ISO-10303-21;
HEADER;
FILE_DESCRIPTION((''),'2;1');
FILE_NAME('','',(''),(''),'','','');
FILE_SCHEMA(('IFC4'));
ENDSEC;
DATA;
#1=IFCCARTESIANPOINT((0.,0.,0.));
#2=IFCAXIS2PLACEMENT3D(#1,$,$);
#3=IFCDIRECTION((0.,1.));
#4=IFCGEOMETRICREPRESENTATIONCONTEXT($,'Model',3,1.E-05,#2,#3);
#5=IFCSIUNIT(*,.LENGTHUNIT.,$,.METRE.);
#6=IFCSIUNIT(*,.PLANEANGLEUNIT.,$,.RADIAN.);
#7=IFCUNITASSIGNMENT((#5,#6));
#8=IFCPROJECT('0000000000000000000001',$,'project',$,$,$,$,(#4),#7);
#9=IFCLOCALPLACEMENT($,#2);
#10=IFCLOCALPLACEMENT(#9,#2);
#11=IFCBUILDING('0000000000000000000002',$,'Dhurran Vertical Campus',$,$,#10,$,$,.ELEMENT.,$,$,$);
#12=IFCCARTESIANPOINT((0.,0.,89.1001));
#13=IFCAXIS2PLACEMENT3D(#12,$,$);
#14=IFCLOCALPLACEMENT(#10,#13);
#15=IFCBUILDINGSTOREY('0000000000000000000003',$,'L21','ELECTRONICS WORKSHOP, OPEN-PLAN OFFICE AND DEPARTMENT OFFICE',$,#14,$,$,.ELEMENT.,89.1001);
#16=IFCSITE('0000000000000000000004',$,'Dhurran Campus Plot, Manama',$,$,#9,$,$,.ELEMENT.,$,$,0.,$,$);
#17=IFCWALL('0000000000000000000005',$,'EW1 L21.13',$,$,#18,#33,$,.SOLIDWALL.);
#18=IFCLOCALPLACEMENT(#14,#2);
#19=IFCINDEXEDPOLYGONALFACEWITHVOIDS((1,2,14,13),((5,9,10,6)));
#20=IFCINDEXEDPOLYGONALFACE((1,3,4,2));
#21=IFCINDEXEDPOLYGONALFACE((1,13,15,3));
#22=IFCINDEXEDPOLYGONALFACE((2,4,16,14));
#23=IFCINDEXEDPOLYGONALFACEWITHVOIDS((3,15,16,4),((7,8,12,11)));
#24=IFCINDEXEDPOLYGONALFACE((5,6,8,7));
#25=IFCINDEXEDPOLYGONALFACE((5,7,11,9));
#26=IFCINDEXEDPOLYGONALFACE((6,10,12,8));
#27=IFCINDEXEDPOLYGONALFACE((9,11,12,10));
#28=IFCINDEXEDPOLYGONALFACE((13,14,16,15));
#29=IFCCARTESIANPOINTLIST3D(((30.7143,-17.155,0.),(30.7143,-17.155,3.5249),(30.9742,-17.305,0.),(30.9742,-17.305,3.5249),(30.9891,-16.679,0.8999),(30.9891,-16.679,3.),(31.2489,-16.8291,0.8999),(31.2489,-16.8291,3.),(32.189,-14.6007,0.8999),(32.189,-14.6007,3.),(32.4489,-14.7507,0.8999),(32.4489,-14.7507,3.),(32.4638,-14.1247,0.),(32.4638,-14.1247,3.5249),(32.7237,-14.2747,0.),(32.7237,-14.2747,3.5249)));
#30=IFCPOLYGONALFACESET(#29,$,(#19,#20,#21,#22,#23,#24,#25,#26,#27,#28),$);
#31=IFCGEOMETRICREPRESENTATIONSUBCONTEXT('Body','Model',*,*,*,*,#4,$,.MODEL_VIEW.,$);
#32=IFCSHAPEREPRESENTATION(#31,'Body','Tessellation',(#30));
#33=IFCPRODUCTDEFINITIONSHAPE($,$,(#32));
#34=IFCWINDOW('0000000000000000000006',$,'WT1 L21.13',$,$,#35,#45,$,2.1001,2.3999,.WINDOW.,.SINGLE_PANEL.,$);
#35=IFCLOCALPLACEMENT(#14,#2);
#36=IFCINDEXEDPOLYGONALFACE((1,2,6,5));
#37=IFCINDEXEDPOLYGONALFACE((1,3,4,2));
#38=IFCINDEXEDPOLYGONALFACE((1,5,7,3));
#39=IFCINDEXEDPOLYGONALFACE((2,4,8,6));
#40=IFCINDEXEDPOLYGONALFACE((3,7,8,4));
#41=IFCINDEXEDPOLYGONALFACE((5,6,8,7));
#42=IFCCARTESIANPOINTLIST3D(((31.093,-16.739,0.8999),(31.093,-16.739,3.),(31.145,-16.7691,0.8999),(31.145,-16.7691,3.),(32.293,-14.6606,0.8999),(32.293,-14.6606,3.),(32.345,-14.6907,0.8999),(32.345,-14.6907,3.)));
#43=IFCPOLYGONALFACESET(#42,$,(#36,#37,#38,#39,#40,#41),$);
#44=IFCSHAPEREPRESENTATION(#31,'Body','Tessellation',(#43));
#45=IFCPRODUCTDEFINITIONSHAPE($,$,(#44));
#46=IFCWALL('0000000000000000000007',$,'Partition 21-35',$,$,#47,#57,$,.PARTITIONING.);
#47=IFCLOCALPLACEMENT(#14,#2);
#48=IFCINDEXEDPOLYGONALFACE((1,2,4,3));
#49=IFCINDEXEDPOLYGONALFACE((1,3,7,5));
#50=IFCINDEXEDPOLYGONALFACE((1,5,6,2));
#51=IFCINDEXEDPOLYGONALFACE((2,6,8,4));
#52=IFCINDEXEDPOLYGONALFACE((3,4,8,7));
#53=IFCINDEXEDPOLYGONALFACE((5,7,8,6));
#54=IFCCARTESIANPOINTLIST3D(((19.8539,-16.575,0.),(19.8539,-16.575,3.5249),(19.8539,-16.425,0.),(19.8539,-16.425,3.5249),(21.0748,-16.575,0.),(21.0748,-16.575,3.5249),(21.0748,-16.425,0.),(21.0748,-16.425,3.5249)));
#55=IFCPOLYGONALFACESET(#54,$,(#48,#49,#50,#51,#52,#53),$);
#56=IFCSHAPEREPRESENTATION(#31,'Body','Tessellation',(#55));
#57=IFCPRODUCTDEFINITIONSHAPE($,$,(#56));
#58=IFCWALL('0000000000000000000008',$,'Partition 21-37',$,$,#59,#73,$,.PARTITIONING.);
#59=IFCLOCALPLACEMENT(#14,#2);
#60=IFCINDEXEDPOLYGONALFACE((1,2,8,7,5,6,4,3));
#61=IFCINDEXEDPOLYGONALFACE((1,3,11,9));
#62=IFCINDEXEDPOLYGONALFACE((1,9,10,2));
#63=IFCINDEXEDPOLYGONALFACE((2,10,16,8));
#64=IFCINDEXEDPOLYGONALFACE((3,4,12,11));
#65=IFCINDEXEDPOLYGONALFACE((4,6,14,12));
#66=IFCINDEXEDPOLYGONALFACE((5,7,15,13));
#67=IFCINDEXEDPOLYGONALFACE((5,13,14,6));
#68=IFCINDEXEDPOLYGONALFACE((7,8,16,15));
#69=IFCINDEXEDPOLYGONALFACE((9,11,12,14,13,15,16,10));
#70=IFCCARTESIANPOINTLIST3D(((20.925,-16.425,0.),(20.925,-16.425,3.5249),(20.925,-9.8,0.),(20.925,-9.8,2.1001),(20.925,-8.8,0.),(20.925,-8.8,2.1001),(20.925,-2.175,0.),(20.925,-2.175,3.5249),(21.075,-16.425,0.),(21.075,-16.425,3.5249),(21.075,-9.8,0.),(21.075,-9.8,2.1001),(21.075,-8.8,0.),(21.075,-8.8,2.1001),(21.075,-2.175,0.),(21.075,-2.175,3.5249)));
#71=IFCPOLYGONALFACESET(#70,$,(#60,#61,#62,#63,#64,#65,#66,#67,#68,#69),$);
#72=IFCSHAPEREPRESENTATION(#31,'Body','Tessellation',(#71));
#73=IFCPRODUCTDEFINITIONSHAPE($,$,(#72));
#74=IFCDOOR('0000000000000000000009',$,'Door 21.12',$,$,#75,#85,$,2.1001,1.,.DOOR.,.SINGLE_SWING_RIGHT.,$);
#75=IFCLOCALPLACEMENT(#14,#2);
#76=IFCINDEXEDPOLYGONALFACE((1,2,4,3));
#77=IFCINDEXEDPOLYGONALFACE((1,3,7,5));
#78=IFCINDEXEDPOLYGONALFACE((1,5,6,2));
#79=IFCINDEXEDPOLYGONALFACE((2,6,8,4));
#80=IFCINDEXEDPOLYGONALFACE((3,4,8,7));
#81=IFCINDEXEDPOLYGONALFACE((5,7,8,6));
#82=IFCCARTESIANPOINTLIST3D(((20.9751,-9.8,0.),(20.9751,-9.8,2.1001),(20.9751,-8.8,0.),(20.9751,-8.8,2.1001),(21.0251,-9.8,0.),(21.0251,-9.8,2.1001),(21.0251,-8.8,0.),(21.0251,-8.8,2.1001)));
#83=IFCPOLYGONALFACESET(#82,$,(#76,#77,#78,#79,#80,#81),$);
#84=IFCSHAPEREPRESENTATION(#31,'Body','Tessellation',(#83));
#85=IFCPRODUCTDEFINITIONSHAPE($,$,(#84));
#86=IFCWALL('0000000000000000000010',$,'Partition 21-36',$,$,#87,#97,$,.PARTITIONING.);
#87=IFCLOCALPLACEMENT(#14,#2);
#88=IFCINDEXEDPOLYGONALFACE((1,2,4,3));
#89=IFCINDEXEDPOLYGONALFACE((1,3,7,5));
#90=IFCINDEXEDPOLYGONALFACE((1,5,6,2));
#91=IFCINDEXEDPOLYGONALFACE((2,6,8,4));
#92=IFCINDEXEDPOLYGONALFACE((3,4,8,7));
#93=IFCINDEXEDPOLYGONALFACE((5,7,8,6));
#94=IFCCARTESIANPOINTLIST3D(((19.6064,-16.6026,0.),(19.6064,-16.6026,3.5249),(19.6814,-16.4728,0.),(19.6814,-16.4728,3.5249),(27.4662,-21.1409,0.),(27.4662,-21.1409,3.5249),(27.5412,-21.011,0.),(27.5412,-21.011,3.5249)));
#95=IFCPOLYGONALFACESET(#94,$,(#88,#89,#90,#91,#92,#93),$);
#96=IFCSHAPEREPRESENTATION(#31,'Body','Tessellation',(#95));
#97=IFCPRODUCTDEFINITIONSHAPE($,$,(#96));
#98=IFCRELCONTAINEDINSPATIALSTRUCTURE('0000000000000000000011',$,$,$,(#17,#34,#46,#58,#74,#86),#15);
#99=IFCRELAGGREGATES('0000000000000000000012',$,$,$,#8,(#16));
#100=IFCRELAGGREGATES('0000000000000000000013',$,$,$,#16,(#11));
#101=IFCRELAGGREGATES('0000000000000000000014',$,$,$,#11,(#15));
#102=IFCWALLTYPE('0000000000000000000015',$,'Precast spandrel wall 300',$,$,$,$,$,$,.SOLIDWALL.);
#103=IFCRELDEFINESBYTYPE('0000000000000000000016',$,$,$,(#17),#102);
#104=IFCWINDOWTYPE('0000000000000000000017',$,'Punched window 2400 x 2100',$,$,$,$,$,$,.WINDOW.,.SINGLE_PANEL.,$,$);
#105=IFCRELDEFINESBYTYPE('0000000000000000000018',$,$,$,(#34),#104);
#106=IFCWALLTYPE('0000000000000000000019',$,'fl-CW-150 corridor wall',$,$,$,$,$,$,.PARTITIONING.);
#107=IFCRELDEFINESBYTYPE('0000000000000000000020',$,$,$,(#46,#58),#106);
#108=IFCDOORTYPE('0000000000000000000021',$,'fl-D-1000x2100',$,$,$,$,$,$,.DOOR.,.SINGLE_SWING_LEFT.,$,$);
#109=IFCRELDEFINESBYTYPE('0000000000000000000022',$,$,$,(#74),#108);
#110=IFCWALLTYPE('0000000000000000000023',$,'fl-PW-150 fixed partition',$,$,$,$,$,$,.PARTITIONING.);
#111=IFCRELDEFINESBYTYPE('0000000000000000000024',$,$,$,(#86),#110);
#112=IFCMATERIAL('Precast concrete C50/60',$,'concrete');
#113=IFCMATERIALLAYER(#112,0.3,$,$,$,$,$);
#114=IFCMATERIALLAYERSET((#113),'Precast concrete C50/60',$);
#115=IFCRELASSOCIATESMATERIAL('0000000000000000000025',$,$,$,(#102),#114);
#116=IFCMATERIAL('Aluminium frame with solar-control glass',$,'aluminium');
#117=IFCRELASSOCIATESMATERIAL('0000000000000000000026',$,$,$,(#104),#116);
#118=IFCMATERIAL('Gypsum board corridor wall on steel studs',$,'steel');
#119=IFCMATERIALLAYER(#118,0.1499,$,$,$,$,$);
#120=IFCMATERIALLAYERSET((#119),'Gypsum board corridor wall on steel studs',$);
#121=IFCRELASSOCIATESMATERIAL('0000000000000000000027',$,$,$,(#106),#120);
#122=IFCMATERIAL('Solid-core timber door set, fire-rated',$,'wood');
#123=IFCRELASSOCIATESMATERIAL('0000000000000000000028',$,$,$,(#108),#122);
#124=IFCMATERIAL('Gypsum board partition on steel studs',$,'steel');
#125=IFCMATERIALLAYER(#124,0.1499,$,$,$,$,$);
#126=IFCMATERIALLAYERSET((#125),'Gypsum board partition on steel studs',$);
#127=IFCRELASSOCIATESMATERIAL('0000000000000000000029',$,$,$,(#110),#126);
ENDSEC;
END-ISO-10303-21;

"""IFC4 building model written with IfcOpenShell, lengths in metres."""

from ifc_helpers import new_model, si_unit, direction, frame, frame_2d, origin, place, context, subcontext, project, spatial, rectangle, extrude, material, layer, layer_set, type_object, element, fill, save


model = new_model("IFC4")

# Units and contexts
model_context = context("Model", 3, precision=1e-05, world=origin(), true_north=direction((0.0, 1.0)))
body_context = subcontext(model_context, "Body", "Model", "MODEL_VIEW")
ifc_project = project(units=[si_unit("LENGTHUNIT", "METRE"), si_unit("PLANEANGLEUNIT", "RADIAN")], contexts=[model_context])

# Site, building, storey
site_placement = place(None, origin())
site = spatial("IfcSite", under=ifc_project, at=site_placement, Name="Dhurran Campus Plot, Manama", CompositionType="ELEMENT", RefElevation=0.0)
building_placement = place(site_placement, origin())
building = spatial("IfcBuilding", under=site, at=building_placement, Name="Dhurran Vertical Campus", CompositionType="ELEMENT")
storey_placement = place(building_placement, frame((0.0, 0.0, 89.1001)))
storey = spatial("IfcBuildingStorey", under=building, at=storey_placement, Name="L21", Description="ELECTRONICS WORKSHOP, OPEN-PLAN OFFICE AND DEPARTMENT OFFICE", CompositionType="ELEMENT", Elevation=89.1001)

# Wall, opening, window
ifc_material_1 = material(Name="Precast concrete C50/60", Category="concrete")
ifc_layer_1 = layer(ifc_material_1, 0.3)
ifc_layer_set_1 = layer_set([ifc_layer_1], Name="Precast concrete C50/60")
wall_type_1 = type_object("IfcWallType", Name="Precast spandrel wall 300", PredefinedType="SOLIDWALL", material=ifc_layer_set_1)
ifc_material_2 = material(Name="Aluminium frame with solar-control glass", Category="aluminium")
window_type = type_object("IfcWindowType", Name="Punched window 2400 x 2100", PartitioningType="SINGLE_PANEL", PredefinedType="WINDOW", material=ifc_material_2)
wall_1_placement = place(storey_placement, frame((30.8442, -17.23, 0.0), z_axis=(0.0, 0.0, 1.0), x_axis=(0.499996, 0.866028, 0.0)))
wall_1 = element("IfcWall", 1, at=wall_1_placement, inside=storey, type_object=wall_type_1, Name="EW1 L21.13", PredefinedType="SOLIDWALL", context=body_context, shape_type="SweptSolid", body=[
    extrude(rectangle(XDim=3.499, YDim=0.3, at=frame_2d((1.7495, 0.0))), origin(), (0.0, 0.0, 1.0), 3.5249),
])
opening_1_placement = place(wall_1_placement, frame((0.5496, 0.0, 0.8999)))
opening_1 = element("IfcOpeningElement", 2, at=opening_1_placement, cuts=wall_1, PredefinedType="OPENING", context=body_context, shape_type="SweptSolid", body=[
    extrude(rectangle(XDim=2.3999, YDim=2.1001, at=frame_2d((1.2, 1.05))), frame((0.0, 0.1599, 0.0), z_axis=(0.0, -1.0, 0.0), x_axis=(1.0, 0.0, 0.0)), (0.0, 0.0, 1.0), 0.3201),
])
window_1_placement = place(opening_1_placement, origin())
window_1 = element("IfcWindow", 3, at=window_1_placement, inside=storey, type_object=window_type, Name="WT1 L21.13", OverallHeight=2.1001, OverallWidth=2.3999, PartitioningType="SINGLE_PANEL", PredefinedType="WINDOW", context=body_context, shape_type="SweptSolid", body=[
    extrude(rectangle(XDim=2.3999, YDim=2.1001, at=frame_2d((1.2, 1.05))), frame((0.0, 0.03, 0.0), z_axis=(0.0, -1.0, 0.0), x_axis=(1.0, 0.0, 0.0)), (0.0, 0.0, 1.0), 0.0601),
])
fill(opening_1, window_1)

# Wall
ifc_material_3 = material(Name="Gypsum board corridor wall on steel studs", Category="steel")
ifc_layer_2 = layer(ifc_material_3, 0.1499)
ifc_layer_set_2 = layer_set([ifc_layer_2], Name="Gypsum board corridor wall on steel studs")
wall_type_2 = type_object("IfcWallType", Name="fl-CW-150 corridor wall", PredefinedType="PARTITIONING", material=ifc_layer_set_2)
wall_2_placement = place(storey_placement, frame((19.854, -16.5, 0.0), z_axis=(0.0, 0.0, 1.0), x_axis=(1.0, 0.0, 0.0)))
element("IfcWall", 4, at=wall_2_placement, inside=storey, type_object=wall_type_2, Name="Partition 21-35", PredefinedType="PARTITIONING", context=body_context, shape_type="SweptSolid", body=[
    extrude(rectangle(XDim=1.2209, YDim=0.1499, at=frame_2d((0.6104, 0.0))), origin(), (0.0, 0.0, 1.0), 3.5249),
])

# Wall, opening, door
wall_3_placement = place(storey_placement, frame((21.0, -16.425, 0.0), z_axis=(0.0, 0.0, 1.0), x_axis=(0.0, 1.0, 0.0)))
wall_3 = element("IfcWall", 5, at=wall_3_placement, inside=storey, type_object=wall_type_2, Name="Partition 21-37", PredefinedType="PARTITIONING", context=body_context, shape_type="SweptSolid", body=[
    extrude(rectangle(XDim=14.25, YDim=0.1499, at=frame_2d((7.125, 0.0))), origin(), (0.0, 0.0, 1.0), 3.5249),
])
opening_2_placement = place(wall_3_placement, frame((6.625, 0.0, 0.0)))
opening_2 = element("IfcOpeningElement", 6, at=opening_2_placement, cuts=wall_3, PredefinedType="OPENING", context=body_context, shape_type="SweptSolid", body=[
    extrude(rectangle(XDim=1.0, YDim=2.1001, at=frame_2d((0.5, 1.05))), frame((0.0, 0.085, 0.0), z_axis=(0.0, -1.0, 0.0), x_axis=(1.0, 0.0, 0.0)), (0.0, 0.0, 1.0), 0.1699),
])
ifc_material_4 = material(Name="Solid-core timber door set, fire-rated", Category="wood")
door_type = type_object("IfcDoorType", Name="fl-D-1000x2100", OperationType="SINGLE_SWING_LEFT", PredefinedType="DOOR", material=ifc_material_4)
door_placement = place(opening_2_placement, origin())
door = element("IfcDoor", 7, at=door_placement, inside=storey, type_object=door_type, Name="Door 21.12", OperationType="SINGLE_SWING_RIGHT", OverallHeight=2.1001, OverallWidth=1.0, PredefinedType="DOOR", context=body_context, shape_type="SweptSolid", body=[
    extrude(rectangle(XDim=1.0, YDim=2.1001, at=frame_2d((0.5, 1.05))), frame((0.0, 0.0249, 0.0), z_axis=(0.0, -1.0, 0.0), x_axis=(1.0, 0.0, 0.0)), (0.0, 0.0, 1.0), 0.05),
])
fill(opening_2, door)

# Wall
ifc_material_5 = material(Name="Gypsum board partition on steel studs", Category="steel")
ifc_layer_3 = layer(ifc_material_5, 0.1499)
ifc_layer_set_3 = layer_set([ifc_layer_3], Name="Gypsum board partition on steel studs")
wall_type_3 = type_object("IfcWallType", Name="fl-PW-150 fixed partition", PredefinedType="PARTITIONING", material=ifc_layer_set_3)
wall_4_placement = place(storey_placement, frame((19.6438, -16.5376, 0.0), z_axis=(0.0, 0.0, 1.0), x_axis=(0.866005, -0.500036, 0.0)))
element("IfcWall", 8, at=wall_4_placement, inside=storey, type_object=wall_type_3, Name="Partition 21-36", PredefinedType="PARTITIONING", context=body_context, shape_type="SweptSolid", body=[
    extrude(rectangle(XDim=9.0759, YDim=0.1499, at=frame_2d((4.5381, 0.0))), origin(), (0.0, 0.0, 1.0), 3.5249),
])

save(model, "model.ifc")
